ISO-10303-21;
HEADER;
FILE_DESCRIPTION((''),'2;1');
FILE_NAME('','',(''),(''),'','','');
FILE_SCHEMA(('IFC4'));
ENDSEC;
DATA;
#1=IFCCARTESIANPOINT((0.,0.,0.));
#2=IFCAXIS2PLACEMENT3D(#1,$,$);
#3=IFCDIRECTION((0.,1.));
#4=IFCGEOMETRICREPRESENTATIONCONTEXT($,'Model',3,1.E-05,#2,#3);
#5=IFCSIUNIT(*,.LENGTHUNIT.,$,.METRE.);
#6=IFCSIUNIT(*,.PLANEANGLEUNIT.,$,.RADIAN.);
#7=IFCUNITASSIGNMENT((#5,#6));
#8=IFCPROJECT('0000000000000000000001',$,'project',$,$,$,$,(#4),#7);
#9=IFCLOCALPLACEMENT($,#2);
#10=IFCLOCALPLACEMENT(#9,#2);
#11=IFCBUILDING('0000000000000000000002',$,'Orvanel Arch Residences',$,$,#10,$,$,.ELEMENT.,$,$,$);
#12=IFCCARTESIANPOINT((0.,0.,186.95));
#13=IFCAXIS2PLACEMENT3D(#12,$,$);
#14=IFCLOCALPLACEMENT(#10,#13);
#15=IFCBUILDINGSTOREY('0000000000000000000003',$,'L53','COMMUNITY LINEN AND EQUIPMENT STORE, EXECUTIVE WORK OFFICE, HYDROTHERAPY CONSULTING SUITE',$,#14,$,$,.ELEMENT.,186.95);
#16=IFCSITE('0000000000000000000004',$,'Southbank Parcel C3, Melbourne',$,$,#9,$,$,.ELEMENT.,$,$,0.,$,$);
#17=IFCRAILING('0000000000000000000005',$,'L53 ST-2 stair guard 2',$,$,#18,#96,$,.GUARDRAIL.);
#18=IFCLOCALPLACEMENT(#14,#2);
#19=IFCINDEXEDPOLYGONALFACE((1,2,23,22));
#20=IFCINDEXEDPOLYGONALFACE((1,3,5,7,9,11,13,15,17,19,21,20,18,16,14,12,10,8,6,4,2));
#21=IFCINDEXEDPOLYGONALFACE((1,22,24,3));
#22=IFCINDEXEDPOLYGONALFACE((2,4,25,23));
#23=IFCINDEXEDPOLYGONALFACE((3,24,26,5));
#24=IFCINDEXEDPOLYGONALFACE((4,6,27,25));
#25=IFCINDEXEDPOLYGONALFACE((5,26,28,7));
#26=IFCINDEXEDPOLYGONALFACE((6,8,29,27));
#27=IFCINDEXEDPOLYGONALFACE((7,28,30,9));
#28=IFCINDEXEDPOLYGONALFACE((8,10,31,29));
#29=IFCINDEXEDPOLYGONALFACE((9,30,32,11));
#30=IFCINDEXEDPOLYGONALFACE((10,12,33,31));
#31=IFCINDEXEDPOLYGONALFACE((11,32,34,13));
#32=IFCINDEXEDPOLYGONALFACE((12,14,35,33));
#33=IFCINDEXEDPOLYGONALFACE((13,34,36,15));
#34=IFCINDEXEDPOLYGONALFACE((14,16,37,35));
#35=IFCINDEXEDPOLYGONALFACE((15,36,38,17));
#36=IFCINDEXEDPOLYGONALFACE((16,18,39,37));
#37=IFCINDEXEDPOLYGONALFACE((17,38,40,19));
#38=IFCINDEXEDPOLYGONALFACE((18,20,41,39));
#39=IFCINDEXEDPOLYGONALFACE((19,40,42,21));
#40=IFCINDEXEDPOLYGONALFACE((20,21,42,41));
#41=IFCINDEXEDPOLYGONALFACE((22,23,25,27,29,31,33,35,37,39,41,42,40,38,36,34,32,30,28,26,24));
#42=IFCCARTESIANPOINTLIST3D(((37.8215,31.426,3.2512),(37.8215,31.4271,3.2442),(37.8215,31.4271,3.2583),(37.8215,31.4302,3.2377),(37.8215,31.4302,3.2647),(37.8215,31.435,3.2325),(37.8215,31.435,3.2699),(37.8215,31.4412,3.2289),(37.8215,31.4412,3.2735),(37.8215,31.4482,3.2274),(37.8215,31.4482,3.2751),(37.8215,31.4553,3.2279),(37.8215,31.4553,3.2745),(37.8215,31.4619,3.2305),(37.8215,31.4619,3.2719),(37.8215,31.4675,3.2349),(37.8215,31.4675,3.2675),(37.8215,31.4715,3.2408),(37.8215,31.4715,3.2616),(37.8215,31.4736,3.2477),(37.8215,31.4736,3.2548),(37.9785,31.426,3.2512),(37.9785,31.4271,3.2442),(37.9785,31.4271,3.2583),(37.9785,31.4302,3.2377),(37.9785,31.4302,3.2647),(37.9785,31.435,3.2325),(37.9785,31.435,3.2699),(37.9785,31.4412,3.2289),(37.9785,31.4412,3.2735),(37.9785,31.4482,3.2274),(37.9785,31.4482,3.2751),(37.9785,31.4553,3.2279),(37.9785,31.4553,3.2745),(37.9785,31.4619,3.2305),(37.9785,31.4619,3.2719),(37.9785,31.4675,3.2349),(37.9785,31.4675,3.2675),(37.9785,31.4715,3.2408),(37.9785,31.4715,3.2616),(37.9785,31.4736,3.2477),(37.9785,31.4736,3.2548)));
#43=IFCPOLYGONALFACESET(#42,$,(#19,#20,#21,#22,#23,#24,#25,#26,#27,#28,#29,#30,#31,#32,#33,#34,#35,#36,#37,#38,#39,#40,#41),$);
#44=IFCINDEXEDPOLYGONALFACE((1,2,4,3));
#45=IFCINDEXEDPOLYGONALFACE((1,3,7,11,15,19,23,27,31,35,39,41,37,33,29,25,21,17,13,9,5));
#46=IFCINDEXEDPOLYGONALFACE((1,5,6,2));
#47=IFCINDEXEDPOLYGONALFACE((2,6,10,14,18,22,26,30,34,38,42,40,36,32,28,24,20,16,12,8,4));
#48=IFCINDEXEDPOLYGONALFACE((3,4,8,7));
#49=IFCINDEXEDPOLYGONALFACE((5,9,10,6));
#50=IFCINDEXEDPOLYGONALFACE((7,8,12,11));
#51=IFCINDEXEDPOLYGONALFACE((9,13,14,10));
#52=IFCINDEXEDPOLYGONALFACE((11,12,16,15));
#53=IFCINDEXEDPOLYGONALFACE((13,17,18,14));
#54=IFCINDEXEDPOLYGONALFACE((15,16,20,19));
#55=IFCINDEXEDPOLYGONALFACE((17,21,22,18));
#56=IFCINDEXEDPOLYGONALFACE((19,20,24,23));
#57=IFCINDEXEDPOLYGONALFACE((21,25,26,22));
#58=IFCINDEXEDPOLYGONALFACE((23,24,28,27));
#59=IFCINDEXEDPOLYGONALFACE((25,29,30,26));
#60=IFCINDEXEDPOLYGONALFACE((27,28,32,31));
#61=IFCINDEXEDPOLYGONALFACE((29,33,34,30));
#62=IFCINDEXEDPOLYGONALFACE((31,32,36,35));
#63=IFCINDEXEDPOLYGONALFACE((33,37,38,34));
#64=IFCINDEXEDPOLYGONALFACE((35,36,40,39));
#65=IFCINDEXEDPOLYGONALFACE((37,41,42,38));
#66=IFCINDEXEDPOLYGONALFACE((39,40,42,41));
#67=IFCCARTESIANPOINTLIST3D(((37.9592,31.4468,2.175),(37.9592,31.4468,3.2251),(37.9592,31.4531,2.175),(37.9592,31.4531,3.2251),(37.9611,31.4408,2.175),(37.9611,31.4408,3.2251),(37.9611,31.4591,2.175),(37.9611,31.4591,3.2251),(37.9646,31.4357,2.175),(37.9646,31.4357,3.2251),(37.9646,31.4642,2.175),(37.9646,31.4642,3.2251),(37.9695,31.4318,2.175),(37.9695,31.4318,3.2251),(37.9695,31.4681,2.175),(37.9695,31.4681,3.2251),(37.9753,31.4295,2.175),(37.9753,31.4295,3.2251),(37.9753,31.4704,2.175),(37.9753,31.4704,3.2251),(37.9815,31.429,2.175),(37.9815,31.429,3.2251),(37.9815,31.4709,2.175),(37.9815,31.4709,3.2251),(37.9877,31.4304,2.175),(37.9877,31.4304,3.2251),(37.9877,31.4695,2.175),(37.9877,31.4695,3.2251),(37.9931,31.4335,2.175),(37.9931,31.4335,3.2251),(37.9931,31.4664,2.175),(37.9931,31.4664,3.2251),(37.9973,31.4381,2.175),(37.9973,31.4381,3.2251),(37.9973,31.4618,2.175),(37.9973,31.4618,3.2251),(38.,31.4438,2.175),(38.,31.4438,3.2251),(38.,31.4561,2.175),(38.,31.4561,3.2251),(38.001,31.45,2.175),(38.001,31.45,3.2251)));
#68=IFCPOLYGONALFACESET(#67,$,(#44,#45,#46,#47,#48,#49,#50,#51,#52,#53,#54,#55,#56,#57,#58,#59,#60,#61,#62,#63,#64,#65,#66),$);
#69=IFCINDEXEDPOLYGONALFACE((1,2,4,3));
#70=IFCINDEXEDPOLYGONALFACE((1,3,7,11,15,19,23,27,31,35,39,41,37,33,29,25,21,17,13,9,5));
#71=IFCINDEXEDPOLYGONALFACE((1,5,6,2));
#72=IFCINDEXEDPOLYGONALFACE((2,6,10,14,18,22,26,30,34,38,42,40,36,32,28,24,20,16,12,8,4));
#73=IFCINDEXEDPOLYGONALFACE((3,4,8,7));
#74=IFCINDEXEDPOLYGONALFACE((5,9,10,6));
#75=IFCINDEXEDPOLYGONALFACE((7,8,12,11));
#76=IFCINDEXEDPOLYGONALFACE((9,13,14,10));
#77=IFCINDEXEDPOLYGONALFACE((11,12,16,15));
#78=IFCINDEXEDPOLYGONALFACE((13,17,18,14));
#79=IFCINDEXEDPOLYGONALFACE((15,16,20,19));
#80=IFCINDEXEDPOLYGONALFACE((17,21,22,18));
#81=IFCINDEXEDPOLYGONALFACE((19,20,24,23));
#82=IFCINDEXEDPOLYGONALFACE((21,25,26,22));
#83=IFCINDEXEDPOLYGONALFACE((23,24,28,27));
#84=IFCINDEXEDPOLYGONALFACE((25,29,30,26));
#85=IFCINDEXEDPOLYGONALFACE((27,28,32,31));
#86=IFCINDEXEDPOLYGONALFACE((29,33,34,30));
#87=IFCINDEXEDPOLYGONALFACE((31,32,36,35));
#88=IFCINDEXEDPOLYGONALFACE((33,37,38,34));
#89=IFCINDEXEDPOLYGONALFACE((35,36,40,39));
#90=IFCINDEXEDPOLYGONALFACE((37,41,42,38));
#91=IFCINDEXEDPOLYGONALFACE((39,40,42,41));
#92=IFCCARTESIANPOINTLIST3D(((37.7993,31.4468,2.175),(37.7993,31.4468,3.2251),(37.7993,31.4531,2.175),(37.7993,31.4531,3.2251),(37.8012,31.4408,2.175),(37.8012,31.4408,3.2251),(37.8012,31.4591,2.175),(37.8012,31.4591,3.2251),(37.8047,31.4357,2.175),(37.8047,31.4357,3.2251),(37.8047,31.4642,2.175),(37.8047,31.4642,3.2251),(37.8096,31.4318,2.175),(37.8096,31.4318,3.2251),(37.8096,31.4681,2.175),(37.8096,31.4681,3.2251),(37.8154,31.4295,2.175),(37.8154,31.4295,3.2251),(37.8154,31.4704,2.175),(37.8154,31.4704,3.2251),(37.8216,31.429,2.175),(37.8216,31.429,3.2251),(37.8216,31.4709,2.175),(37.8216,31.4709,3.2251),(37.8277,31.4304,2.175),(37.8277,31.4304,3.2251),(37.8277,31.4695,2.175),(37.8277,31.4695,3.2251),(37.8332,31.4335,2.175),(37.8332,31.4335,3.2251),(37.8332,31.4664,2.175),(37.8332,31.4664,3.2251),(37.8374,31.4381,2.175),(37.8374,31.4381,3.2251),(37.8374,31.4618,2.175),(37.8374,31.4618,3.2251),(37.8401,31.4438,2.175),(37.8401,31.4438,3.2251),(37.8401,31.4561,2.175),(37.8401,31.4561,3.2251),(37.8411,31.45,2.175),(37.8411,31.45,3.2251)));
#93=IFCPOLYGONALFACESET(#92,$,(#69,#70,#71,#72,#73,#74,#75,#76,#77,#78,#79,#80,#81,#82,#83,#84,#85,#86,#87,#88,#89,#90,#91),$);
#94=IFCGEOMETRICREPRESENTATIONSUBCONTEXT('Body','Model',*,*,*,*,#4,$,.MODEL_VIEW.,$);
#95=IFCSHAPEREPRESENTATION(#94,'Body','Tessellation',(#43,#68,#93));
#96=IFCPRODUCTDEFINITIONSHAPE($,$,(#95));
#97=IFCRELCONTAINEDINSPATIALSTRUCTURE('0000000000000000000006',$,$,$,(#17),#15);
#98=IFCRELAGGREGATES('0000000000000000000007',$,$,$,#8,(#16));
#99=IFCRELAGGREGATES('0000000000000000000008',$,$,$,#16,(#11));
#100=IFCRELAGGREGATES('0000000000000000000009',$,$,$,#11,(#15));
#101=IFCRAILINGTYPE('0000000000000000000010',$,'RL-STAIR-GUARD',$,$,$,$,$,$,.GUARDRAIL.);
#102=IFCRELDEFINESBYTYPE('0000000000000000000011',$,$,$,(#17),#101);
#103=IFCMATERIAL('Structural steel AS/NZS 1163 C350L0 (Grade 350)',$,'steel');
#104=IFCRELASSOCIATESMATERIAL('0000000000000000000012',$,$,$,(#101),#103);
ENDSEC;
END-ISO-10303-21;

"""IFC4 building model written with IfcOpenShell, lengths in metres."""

from ifc_helpers import new_model, si_unit, direction, frame, origin, origin_2d, place, context, subcontext, project, spatial, circle, extrude, material, type_object, element, save


model = new_model("IFC4")

# Units and contexts
model_context = context("Model", 3, precision=1e-05, world=origin(), true_north=direction((0.0, 1.0)))
body_context = subcontext(model_context, "Body", "Model", "MODEL_VIEW")
ifc_project = project(units=[si_unit("LENGTHUNIT", "METRE"), si_unit("PLANEANGLEUNIT", "RADIAN")], contexts=[model_context])

# Site, building, storey
site_placement = place(None, origin())
site = spatial("IfcSite", under=ifc_project, at=site_placement, Name="Southbank Parcel C3, Melbourne", CompositionType="ELEMENT", RefElevation=0.0)
building_placement = place(site_placement, origin())
building = spatial("IfcBuilding", under=site, at=building_placement, Name="Orvanel Arch Residences", CompositionType="ELEMENT")
storey_placement = place(building_placement, frame((0.0, 0.0, 186.95)))
storey = spatial("IfcBuildingStorey", under=building, at=storey_placement, Name="L53", Description="COMMUNITY LINEN AND EQUIPMENT STORE, EXECUTIVE WORK OFFICE, HYDROTHERAPY CONSULTING SUITE", CompositionType="ELEMENT", Elevation=186.95)

# Railing
ifc_material_1 = material(Name="Structural steel AS/NZS 1163 C350L0 (Grade 350)", Category="steel")
railing_type_1 = type_object("IfcRailingType", Name="RL-STAIR-GUARD", PredefinedType="GUARDRAIL", material=ifc_material_1)
railing_1_placement = place(storey_placement, frame((37.98, 31.45, 2.175)))
element("IfcRailing", 1, at=railing_1_placement, inside=storey, type_object=railing_type_1, Name="L53 ST-2 stair guard 2", PredefinedType="GUARDRAIL", context=body_context, shape_type="SweptSolid", body=[
    extrude(circle(Radius=0.0239, at=origin_2d()), frame((-0.0015, 0.0, 1.0762), z_axis=(-1.0, 0.0, 0.0), x_axis=(0.0, -1.0, 0.0)), (0.0, 0.0, 1.0), 0.157),
    extrude(circle(Radius=0.021, at=origin_2d()), origin(), (0.0, 0.0, 1.0), 1.05),
    extrude(circle(Radius=0.021, at=origin_2d()), frame((-0.1599, 0.0, 0.0)), (0.0, 0.0, 1.0), 1.05),
])

save(model, "model.ifc")
